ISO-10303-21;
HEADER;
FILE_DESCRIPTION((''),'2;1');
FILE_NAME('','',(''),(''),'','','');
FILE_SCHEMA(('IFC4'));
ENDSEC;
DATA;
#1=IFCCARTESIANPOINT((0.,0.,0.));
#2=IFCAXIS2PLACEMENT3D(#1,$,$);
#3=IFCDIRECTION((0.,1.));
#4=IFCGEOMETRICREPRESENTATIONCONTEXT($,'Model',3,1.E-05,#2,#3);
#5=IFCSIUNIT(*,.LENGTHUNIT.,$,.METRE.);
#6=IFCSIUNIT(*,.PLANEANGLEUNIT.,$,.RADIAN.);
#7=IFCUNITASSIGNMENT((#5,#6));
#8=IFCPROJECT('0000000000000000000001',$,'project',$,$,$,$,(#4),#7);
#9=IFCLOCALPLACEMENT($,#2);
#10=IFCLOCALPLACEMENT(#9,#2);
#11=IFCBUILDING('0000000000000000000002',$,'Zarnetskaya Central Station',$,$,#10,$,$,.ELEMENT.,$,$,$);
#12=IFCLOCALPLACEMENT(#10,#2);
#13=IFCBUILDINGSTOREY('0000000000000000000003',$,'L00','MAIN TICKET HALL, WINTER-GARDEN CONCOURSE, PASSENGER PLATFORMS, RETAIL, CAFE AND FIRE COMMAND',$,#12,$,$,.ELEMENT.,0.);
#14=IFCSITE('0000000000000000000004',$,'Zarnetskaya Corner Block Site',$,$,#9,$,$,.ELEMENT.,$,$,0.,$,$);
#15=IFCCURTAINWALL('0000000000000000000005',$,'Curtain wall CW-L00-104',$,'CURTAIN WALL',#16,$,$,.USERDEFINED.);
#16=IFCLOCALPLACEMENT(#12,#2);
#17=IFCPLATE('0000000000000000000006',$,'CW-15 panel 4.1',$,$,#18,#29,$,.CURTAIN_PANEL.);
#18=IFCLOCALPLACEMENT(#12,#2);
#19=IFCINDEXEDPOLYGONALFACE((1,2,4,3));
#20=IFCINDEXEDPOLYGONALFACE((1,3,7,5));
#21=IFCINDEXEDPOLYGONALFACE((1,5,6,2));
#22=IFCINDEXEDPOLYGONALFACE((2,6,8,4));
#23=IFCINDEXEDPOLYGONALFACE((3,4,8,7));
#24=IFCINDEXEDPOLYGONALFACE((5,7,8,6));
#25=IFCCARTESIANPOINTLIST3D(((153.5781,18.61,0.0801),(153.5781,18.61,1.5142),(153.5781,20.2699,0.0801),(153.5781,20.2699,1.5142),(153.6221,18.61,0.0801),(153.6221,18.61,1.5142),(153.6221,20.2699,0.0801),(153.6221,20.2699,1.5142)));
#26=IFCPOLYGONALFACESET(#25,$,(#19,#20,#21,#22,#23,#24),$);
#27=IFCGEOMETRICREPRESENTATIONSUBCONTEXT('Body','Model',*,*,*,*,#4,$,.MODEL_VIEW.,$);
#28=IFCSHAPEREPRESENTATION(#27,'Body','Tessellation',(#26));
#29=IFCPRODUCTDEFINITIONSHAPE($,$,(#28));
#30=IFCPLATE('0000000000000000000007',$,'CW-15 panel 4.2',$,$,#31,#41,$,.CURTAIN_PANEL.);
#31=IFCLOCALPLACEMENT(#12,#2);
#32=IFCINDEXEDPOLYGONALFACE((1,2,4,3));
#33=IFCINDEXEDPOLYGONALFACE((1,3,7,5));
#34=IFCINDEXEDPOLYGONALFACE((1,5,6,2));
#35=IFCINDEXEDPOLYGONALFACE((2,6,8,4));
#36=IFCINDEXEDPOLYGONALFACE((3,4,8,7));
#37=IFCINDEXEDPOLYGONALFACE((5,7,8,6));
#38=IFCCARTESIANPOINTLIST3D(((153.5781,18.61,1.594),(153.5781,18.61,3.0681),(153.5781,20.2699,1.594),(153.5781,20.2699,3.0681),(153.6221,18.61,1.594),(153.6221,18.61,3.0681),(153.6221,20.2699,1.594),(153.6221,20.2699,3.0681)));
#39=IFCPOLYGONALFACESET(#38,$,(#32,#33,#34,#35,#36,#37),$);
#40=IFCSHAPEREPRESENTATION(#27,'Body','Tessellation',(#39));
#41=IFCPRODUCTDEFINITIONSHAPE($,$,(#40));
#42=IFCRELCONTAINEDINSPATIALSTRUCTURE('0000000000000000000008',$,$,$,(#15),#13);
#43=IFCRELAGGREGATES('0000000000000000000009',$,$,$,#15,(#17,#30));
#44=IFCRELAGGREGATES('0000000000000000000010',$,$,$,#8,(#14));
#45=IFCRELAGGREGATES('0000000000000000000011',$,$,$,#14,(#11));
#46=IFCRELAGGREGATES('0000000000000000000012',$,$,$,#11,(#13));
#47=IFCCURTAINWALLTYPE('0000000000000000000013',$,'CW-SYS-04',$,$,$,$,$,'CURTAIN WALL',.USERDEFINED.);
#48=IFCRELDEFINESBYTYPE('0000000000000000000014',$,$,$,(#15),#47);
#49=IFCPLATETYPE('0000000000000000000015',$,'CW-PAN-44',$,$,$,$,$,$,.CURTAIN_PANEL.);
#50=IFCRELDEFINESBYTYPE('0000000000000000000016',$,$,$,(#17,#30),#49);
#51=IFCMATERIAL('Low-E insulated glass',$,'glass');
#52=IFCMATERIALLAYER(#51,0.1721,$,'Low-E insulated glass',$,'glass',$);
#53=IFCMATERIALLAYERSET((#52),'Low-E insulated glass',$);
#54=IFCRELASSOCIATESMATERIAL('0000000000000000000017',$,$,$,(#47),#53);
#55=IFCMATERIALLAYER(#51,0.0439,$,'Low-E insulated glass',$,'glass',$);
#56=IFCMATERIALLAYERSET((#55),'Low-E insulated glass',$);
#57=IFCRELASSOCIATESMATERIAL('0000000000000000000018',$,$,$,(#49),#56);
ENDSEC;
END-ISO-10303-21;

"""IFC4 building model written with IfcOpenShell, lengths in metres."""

from ifc_helpers import new_model, si_unit, direction, frame, origin, origin_2d, place, context, subcontext, project, spatial, rectangle, extrude, material, layer, layer_set, type_object, element, aggregate, save


model = new_model("IFC4")

# Units and contexts
model_context = context("Model", 3, precision=1e-05, world=origin(), true_north=direction((0.0, 1.0)))
body_context = subcontext(model_context, "Body", "Model", "MODEL_VIEW")
ifc_project = project(units=[si_unit("LENGTHUNIT", "METRE"), si_unit("PLANEANGLEUNIT", "RADIAN")], contexts=[model_context])

# Site, building, storey
site_placement = place(None, origin())
site = spatial("IfcSite", under=ifc_project, at=site_placement, Name="Zarnetskaya Corner Block Site", CompositionType="ELEMENT", RefElevation=0.0)
building_placement = place(site_placement, origin())
building = spatial("IfcBuilding", under=site, at=building_placement, Name="Zarnetskaya Central Station", CompositionType="ELEMENT")
storey_placement = place(building_placement, origin())
storey = spatial("IfcBuildingStorey", under=building, at=storey_placement, Name="L00", Description="MAIN TICKET HALL, WINTER-GARDEN CONCOURSE, PASSENGER PLATFORMS, RETAIL, CAFE AND FIRE COMMAND", CompositionType="ELEMENT", Elevation=0.0)

# Shared definitions
ifc_material_1 = material(Name="Low-E insulated glass", Category="glass")
ifc_layer_1 = layer(ifc_material_1, 0.1721, Name="Low-E insulated glass", Category="glass")
ifc_layer_set_1 = layer_set([ifc_layer_1], Name="Low-E insulated glass")
curtain_wall_type = type_object("IfcCurtainWallType", Name="CW-SYS-04", ElementType="CURTAIN WALL", PredefinedType="USERDEFINED", material=ifc_layer_set_1)

# Curtain wall
curtain_wall_1_placement = place(storey_placement, origin())
curtain_wall_1 = element("IfcCurtainWall", 1, at=curtain_wall_1_placement, inside=storey, type_object=curtain_wall_type, Name="Curtain wall CW-L00-104", ObjectType="CURTAIN WALL", PredefinedType="USERDEFINED")

# Plates
ifc_layer_2 = layer(ifc_material_1, 0.0439, Name="Low-E insulated glass", Category="glass")
ifc_layer_set_2 = layer_set([ifc_layer_2], Name="Low-E insulated glass")
plate_type_1 = type_object("IfcPlateType", Name="CW-PAN-44", PredefinedType="CURTAIN_PANEL", material=ifc_layer_set_2)
plate_1_placement = place(storey_placement, frame((153.6001, 19.4399, 0.0801), z_axis=(0.0, 0.0, 1.0), x_axis=(0.0, 1.0, 0.0)))
plate_1 = element("IfcPlate", 2, at=plate_1_placement, type_object=plate_type_1, Name="CW-15 panel 4.1", PredefinedType="CURTAIN_PANEL", context=body_context, shape_type="SweptSolid", body=[
    extrude(rectangle(XDim=1.6599, YDim=0.0439, at=origin_2d()), origin(), (0.0, 0.0, 1.0), 1.4341),
])
plate_2_placement = place(storey_placement, frame((153.6001, 19.4399, 1.594), z_axis=(0.0, 0.0, 1.0), x_axis=(0.0, 1.0, 0.0)))
plate_2 = element("IfcPlate", 3, at=plate_2_placement, type_object=plate_type_1, Name="CW-15 panel 4.2", PredefinedType="CURTAIN_PANEL", context=body_context, shape_type="SweptSolid", body=[
    extrude(rectangle(XDim=1.6599, YDim=0.0439, at=origin_2d()), origin(), (0.0, 0.0, 1.0), 1.4741),
])
aggregate(curtain_wall_1, [plate_1, plate_2])

save(model, "model.ifc")
